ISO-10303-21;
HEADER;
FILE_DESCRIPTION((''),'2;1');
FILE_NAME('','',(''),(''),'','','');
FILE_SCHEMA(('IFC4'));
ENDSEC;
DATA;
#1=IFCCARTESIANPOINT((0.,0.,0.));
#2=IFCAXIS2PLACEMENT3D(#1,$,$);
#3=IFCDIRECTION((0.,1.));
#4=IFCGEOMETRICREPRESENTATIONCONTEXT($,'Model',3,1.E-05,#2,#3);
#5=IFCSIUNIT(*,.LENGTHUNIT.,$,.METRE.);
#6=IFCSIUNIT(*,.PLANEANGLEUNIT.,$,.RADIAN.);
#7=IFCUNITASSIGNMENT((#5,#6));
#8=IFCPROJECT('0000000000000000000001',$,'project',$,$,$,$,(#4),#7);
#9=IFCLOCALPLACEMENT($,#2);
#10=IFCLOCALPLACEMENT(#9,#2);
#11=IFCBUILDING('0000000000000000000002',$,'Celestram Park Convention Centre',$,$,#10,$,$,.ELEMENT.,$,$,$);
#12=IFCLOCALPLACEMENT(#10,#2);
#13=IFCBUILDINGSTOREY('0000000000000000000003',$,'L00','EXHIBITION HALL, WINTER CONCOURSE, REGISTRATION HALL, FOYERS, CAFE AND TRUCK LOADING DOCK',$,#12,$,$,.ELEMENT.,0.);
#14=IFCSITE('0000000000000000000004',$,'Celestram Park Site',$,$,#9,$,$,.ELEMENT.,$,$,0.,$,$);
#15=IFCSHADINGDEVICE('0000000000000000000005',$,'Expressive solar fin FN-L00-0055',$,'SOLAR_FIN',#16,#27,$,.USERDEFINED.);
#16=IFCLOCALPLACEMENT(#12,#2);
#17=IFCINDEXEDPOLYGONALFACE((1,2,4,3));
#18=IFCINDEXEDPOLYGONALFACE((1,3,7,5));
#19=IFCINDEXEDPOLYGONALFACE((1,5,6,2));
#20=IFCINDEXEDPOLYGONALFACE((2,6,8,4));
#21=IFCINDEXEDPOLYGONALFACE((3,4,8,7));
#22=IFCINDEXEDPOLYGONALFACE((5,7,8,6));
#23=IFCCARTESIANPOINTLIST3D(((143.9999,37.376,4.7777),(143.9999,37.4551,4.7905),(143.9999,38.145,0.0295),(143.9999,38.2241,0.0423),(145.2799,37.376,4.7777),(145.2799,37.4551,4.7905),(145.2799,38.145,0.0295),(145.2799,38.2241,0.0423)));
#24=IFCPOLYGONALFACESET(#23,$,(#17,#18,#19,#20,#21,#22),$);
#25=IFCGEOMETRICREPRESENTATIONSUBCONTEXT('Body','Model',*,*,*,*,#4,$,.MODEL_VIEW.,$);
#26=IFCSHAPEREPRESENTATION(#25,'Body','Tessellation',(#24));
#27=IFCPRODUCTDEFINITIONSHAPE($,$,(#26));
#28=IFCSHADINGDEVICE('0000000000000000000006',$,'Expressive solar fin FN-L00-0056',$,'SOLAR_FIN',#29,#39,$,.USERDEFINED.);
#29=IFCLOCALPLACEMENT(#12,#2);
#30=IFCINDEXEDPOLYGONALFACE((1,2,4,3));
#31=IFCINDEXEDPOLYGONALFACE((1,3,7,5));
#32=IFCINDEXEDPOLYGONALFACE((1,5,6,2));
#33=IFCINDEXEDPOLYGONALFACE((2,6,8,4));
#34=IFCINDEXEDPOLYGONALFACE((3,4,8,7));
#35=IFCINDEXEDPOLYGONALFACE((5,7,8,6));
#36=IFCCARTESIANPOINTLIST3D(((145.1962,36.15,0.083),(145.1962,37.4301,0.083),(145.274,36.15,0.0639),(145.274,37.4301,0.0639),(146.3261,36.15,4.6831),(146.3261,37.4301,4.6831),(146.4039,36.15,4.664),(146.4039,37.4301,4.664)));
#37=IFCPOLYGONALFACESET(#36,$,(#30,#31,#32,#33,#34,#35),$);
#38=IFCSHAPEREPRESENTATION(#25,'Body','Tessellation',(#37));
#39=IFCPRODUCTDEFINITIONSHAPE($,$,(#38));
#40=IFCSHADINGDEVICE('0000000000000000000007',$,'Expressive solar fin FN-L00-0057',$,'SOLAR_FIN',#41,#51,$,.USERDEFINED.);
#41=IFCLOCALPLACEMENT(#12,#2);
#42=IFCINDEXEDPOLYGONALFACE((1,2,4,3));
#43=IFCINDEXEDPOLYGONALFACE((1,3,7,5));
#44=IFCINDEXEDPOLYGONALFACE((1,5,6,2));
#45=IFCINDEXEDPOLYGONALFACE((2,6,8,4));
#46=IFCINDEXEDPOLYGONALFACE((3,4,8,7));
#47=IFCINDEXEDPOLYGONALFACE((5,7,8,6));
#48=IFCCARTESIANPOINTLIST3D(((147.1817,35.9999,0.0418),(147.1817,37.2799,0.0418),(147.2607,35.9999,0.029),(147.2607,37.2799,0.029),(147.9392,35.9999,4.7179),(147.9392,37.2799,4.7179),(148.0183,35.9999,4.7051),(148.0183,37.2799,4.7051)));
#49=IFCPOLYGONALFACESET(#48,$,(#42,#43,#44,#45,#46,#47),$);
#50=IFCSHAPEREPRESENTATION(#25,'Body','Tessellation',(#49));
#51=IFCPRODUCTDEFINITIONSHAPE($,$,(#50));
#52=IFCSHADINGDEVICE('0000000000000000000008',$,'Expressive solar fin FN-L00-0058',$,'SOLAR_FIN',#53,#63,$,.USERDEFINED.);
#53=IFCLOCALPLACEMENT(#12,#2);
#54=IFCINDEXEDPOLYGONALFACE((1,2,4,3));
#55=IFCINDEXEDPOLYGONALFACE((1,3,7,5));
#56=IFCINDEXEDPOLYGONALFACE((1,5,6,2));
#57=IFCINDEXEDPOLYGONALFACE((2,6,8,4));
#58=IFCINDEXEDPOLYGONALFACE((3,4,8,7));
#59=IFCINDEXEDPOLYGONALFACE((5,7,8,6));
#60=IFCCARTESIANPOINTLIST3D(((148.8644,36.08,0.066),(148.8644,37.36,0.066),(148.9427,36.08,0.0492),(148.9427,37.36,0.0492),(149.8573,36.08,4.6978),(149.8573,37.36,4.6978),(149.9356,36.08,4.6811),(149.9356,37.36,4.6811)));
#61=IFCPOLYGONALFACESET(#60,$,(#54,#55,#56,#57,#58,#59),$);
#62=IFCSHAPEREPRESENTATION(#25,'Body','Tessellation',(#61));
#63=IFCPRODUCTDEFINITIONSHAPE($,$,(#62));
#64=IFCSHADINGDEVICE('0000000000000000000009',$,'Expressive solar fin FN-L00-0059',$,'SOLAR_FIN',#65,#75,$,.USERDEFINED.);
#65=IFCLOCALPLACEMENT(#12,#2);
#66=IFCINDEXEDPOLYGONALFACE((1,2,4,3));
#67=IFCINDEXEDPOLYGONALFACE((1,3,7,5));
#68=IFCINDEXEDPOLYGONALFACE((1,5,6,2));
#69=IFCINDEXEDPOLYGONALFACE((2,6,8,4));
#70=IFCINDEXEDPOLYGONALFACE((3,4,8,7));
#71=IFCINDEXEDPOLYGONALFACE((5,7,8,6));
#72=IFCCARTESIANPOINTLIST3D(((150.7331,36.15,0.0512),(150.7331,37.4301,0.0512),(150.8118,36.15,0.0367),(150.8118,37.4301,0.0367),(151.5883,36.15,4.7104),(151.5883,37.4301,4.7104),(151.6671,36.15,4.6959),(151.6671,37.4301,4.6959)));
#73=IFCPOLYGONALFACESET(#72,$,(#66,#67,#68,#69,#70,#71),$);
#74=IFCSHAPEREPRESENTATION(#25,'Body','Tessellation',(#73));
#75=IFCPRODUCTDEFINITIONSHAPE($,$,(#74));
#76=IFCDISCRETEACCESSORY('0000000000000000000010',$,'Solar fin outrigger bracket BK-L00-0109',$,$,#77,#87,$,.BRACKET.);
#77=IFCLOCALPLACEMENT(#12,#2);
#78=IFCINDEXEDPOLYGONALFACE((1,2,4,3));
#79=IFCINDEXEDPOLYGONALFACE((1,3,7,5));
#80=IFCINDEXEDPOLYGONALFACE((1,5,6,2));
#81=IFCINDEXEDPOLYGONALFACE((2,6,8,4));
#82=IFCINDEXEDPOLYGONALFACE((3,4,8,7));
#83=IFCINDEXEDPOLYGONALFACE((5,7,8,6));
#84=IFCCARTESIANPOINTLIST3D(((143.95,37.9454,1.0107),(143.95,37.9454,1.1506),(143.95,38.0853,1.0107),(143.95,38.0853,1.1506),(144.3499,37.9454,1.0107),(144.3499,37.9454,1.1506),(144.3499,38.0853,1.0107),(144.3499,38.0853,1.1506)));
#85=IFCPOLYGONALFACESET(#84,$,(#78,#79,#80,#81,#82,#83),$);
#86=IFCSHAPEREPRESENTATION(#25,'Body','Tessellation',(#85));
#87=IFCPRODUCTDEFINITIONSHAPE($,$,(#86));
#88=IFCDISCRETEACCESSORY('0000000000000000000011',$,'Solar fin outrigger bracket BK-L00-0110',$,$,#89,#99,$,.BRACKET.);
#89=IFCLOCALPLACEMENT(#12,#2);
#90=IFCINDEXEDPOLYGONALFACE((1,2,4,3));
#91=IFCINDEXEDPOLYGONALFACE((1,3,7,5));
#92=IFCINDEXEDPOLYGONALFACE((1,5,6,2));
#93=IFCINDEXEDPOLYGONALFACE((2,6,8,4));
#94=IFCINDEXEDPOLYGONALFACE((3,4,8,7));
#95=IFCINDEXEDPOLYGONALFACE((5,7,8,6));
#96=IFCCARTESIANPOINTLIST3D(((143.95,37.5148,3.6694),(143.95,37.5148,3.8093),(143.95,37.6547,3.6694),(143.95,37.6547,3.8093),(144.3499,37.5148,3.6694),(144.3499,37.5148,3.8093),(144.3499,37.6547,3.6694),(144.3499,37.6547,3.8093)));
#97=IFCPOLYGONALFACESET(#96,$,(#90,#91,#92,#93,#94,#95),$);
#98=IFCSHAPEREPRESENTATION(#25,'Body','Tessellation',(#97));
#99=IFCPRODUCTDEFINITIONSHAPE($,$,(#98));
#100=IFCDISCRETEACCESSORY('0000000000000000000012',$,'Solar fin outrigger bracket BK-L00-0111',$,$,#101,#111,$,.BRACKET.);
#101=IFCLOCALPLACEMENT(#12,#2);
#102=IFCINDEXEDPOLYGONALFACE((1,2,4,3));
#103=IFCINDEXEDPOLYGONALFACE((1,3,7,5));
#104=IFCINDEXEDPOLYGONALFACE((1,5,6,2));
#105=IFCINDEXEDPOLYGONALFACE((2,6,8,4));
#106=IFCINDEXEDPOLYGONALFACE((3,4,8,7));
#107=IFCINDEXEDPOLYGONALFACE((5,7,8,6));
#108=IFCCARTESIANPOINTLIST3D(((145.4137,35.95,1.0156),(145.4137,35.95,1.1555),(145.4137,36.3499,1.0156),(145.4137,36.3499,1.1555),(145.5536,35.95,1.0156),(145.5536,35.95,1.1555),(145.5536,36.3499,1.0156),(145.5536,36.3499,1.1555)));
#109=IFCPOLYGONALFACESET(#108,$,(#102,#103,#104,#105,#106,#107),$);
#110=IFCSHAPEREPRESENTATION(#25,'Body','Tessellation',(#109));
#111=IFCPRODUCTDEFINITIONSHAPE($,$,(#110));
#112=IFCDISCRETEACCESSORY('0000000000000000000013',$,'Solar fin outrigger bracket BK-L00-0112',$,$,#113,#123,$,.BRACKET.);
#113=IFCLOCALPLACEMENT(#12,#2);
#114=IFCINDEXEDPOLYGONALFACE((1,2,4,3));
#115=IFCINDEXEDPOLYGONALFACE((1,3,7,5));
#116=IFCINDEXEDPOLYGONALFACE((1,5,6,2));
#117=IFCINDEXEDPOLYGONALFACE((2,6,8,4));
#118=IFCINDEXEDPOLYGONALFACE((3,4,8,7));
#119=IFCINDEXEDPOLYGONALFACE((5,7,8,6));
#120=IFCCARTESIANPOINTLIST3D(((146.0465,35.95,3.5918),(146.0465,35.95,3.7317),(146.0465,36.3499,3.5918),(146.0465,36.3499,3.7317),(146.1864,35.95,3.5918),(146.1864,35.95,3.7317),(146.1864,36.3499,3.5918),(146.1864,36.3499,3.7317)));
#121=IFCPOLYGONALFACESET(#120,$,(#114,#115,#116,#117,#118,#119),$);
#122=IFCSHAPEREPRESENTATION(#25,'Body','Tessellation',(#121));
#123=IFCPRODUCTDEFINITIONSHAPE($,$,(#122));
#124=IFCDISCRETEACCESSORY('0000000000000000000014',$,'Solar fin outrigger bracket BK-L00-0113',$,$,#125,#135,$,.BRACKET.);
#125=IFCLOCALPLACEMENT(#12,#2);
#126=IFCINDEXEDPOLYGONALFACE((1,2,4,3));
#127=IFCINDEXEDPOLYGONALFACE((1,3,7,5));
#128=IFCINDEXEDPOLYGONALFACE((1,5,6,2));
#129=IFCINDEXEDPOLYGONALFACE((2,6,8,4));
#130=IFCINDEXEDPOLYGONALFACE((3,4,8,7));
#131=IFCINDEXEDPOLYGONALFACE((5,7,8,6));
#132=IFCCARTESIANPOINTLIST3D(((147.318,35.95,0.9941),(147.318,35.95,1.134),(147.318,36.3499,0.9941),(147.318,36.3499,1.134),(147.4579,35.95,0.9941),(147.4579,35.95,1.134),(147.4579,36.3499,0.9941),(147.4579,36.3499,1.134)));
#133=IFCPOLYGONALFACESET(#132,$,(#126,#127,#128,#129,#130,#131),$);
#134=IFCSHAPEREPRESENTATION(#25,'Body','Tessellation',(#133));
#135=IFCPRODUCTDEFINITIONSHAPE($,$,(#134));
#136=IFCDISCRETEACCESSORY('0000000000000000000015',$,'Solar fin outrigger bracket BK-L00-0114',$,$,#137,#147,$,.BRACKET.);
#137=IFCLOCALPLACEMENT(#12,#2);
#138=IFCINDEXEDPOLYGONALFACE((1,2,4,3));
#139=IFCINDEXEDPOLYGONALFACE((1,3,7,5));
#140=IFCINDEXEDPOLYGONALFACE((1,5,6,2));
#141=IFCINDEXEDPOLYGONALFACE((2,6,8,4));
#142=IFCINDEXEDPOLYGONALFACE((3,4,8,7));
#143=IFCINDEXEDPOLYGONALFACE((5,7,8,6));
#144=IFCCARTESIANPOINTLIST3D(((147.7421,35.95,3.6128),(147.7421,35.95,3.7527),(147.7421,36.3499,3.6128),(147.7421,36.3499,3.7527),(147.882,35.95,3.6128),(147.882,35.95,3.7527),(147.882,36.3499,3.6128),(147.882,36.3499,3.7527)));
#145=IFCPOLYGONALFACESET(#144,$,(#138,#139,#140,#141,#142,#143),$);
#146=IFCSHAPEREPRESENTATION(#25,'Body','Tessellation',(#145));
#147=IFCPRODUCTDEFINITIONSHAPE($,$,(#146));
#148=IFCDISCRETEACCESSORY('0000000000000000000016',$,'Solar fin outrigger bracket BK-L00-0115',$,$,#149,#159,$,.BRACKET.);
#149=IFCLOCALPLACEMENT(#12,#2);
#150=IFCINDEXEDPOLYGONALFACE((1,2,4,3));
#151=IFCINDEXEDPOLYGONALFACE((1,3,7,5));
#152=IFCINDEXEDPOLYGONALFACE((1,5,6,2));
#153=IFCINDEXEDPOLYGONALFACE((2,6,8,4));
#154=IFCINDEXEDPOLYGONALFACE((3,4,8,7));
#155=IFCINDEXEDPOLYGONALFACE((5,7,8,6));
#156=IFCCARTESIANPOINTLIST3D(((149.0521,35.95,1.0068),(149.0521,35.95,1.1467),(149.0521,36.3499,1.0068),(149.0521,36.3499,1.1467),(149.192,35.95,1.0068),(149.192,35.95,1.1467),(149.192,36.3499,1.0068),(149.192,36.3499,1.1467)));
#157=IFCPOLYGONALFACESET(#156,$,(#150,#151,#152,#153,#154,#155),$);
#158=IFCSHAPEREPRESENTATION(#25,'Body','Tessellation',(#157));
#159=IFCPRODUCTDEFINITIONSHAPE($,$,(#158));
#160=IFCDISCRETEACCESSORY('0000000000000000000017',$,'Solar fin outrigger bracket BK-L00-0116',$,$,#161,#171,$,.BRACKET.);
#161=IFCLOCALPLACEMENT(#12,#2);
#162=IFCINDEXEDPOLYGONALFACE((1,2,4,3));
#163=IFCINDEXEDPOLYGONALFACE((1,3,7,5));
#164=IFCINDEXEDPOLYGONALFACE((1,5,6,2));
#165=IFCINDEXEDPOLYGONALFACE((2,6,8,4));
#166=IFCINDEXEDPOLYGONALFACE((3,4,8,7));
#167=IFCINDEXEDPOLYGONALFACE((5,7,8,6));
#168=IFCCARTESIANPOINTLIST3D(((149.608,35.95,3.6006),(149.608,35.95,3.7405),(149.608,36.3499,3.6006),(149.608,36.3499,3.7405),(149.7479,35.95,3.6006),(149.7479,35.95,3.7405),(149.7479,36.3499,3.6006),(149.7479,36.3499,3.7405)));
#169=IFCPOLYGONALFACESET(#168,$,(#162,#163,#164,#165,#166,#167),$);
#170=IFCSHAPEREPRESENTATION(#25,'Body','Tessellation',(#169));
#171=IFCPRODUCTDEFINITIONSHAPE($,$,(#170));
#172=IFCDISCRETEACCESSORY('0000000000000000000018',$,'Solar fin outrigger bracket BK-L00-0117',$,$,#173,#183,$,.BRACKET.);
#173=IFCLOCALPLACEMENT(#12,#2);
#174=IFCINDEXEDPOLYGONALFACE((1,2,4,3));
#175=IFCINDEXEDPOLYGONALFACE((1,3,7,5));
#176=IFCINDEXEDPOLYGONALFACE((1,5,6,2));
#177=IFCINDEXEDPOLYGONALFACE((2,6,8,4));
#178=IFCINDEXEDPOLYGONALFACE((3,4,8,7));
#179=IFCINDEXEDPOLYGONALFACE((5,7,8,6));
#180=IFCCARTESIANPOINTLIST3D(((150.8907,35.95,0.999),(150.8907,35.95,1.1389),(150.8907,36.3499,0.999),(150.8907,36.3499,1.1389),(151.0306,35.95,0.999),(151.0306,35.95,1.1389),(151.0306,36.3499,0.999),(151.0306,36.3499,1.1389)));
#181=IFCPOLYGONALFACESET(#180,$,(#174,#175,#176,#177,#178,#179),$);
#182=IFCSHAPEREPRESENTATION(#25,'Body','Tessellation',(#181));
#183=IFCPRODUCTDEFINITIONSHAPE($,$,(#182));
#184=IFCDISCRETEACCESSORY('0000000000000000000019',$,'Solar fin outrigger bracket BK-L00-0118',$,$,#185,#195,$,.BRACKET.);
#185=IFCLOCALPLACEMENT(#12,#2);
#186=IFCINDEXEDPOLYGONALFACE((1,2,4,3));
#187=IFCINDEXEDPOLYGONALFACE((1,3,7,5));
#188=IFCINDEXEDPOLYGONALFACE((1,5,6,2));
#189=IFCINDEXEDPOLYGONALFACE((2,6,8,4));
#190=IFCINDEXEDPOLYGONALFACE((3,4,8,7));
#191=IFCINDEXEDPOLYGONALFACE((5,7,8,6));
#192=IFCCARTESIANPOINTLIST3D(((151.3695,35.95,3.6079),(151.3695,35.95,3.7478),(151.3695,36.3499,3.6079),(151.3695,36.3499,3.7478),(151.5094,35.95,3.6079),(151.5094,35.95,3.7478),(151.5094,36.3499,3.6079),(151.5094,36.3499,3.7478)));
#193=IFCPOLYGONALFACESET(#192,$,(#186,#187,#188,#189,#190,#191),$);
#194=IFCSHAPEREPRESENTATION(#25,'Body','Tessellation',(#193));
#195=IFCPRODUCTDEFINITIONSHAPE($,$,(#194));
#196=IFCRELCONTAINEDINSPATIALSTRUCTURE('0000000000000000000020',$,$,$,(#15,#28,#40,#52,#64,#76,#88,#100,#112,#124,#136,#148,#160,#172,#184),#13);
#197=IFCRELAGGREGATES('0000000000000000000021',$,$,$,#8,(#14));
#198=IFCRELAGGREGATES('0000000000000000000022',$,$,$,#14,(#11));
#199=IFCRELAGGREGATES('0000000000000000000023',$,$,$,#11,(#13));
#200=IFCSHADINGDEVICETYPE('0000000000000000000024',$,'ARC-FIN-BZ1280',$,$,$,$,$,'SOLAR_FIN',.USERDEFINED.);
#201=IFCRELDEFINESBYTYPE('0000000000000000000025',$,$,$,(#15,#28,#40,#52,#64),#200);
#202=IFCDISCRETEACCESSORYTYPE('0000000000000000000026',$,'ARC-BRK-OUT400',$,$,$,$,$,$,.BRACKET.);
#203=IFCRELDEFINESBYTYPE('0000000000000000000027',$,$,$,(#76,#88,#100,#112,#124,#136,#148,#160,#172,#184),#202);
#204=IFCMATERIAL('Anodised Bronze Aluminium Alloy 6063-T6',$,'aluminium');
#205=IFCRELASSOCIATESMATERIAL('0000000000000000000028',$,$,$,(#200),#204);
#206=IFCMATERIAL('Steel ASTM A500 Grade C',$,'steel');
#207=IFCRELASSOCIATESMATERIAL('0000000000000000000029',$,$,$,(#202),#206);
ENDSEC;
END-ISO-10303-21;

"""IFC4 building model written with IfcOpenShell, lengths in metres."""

from ifc_helpers import new_model, si_unit, direction, frame, origin, origin_2d, place, context, subcontext, project, spatial, rectangle, extrude, material, material_profile, profile_set, type_object, element, save


model = new_model("IFC4")

# Units and contexts
model_context = context("Model", 3, precision=1e-05, world=origin(), true_north=direction((0.0, 1.0)))
body_context = subcontext(model_context, "Body", "Model", "MODEL_VIEW")
ifc_project = project(units=[si_unit("LENGTHUNIT", "METRE"), si_unit("PLANEANGLEUNIT", "RADIAN")], contexts=[model_context])

# Site, building, storey
site_placement = place(None, origin())
site = spatial("IfcSite", under=ifc_project, at=site_placement, Name="Celestram Park Site", CompositionType="ELEMENT", RefElevation=0.0)
building_placement = place(site_placement, origin())
building = spatial("IfcBuilding", under=site, at=building_placement, Name="Celestram Park Convention Centre", CompositionType="ELEMENT")
storey_placement = place(building_placement, origin())
storey = spatial("IfcBuildingStorey", under=building, at=storey_placement, Name="L00", Description="EXHIBITION HALL, WINTER CONCOURSE, REGISTRATION HALL, FOYERS, CAFE AND TRUCK LOADING DOCK", CompositionType="ELEMENT", Elevation=0.0)

# Shared definitions
ifc_material_1 = material(Name="Steel ASTM A500 Grade C", Category="steel")

# Shading devices
ifc_material_2 = material(Name="Anodised Bronze Aluminium Alloy 6063-T6", Category="aluminium")
ifc_material_profile_1 = material_profile(ifc_material_2, rectangle(XDim=1.28, YDim=0.0801, at=origin_2d()), Name="FIN1280X80")
ifc_profile_set_1 = profile_set([ifc_material_profile_1], Name="Anodised Bronze Aluminium Alloy 6063-T6")
shading_device_type = type_object("IfcShadingDeviceType", Name="ARC-FIN-BZ1280", ElementType="SOLAR_FIN", PredefinedType="USERDEFINED", material=ifc_profile_set_1)
shading_device_1_placement = place(storey_placement, frame((144.6399, 38.1846, 0.0359), z_axis=(0.0, -0.159879, 0.987137), x_axis=(1.0, 0.0, 0.0)))
element("IfcShadingDevice", 1, at=shading_device_1_placement, inside=storey, type_object=shading_device_type, Name="Expressive solar fin FN-L00-0055", ObjectType="SOLAR_FIN", PredefinedType="USERDEFINED", context=body_context, shape_type="SweptSolid", body=[
    extrude(rectangle(XDim=1.28, YDim=0.0801, at=origin_2d()), origin(), (0.0, 0.0, 1.0), 4.8101),
])
shading_device_2_placement = place(storey_placement, frame((145.2351, 36.79, 0.0735), z_axis=(0.238532, 0.0, 0.971135), x_axis=(0.0, 1.0, 0.0)))
element("IfcShadingDevice", 2, at=shading_device_2_placement, inside=storey, type_object=shading_device_type, Name="Expressive solar fin FN-L00-0056", ObjectType="SOLAR_FIN", PredefinedType="USERDEFINED", context=body_context, shape_type="SweptSolid", body=[
    extrude(rectangle(XDim=1.28, YDim=0.0801, at=origin_2d()), origin(), (0.0, 0.0, 1.0), 4.7368),
])
for number, where, z_axis, x_axis, name in (
    (3, (147.2212, 36.6399, 0.0354), (0.159926, 0.0, 0.987129), (0.0, 1.0, 0.0), "Expressive solar fin FN-L00-0057"),
    (4, (148.9036, 36.72, 0.0576), (0.209607, 0.0, 0.977786), (0.0, 1.0, 0.0), "Expressive solar fin FN-L00-0058"),
    (5, (150.7725, 36.79, 0.0439), (0.180541, 0.0, 0.983568), (0.0, 1.0, 0.0), "Expressive solar fin FN-L00-0059"),
):
    element("IfcShadingDevice", number, at=place(storey_placement, frame(where, z_axis=z_axis, x_axis=x_axis)), inside=storey, type_object=shading_device_type, Name=name, ObjectType="SOLAR_FIN", PredefinedType="USERDEFINED", context=body_context, shape_type="SweptSolid", body=[
        extrude(rectangle(XDim=1.28, YDim=0.0801, at=origin_2d()), origin(), (0.0, 0.0, 1.0), 4.7371),
    ])

# Discrete accessories
discrete_accessory_type = type_object("IfcDiscreteAccessoryType", Name="ARC-BRK-OUT400", PredefinedType="BRACKET", material=ifc_material_1)
for number, where, z_axis, x_axis, name in (
    (6, (144.1499, 38.0154, 1.0107), (0.0, 0.0, 1.0), (1.0, 0.0, 0.0), "Solar fin outrigger bracket BK-L00-0109"),
    (7, (144.1499, 37.5847, 3.6694), (0.0, 0.0, 1.0), (1.0, 0.0, 0.0), "Solar fin outrigger bracket BK-L00-0110"),
    (8, (145.4836, 36.1499, 1.0156), (0.0, 0.0, 1.0), (0.0, 1.0, 0.0), "Solar fin outrigger bracket BK-L00-0111"),
    (9, (146.1165, 36.1499, 3.5918), (0.0, 0.0, 1.0), (0.0, 1.0, 0.0), "Solar fin outrigger bracket BK-L00-0112"),
    (10, (147.3879, 36.1499, 0.9941), (0.0, 0.0, 1.0), (0.0, 1.0, 0.0), "Solar fin outrigger bracket BK-L00-0113"),
    (11, (147.812, 36.1499, 3.6128), (0.0, 0.0, 1.0), (0.0, 1.0, 0.0), "Solar fin outrigger bracket BK-L00-0114"),
    (12, (149.1221, 36.1499, 1.0068), (0.0, 0.0, 1.0), (0.0, 1.0, 0.0), "Solar fin outrigger bracket BK-L00-0115"),
    (13, (149.678, 36.1499, 3.6006), (0.0, 0.0, 1.0), (0.0, 1.0, 0.0), "Solar fin outrigger bracket BK-L00-0116"),
    (14, (150.9607, 36.1499, 0.999), (0.0, 0.0, 1.0), (0.0, 1.0, 0.0), "Solar fin outrigger bracket BK-L00-0117"),
    (15, (151.4395, 36.1499, 3.6079), (0.0, 0.0, 1.0), (0.0, 1.0, 0.0), "Solar fin outrigger bracket BK-L00-0118"),
):
    element("IfcDiscreteAccessory", number, at=place(storey_placement, frame(where, z_axis=z_axis, x_axis=x_axis)), inside=storey, type_object=discrete_accessory_type, Name=name, PredefinedType="BRACKET", context=body_context, shape_type="SweptSolid", body=[
        extrude(rectangle(XDim=0.3999, YDim=0.1399, at=origin_2d()), origin(), (0.0, 0.0, 1.0), 0.1399),
    ])

save(model, "model.ifc")
